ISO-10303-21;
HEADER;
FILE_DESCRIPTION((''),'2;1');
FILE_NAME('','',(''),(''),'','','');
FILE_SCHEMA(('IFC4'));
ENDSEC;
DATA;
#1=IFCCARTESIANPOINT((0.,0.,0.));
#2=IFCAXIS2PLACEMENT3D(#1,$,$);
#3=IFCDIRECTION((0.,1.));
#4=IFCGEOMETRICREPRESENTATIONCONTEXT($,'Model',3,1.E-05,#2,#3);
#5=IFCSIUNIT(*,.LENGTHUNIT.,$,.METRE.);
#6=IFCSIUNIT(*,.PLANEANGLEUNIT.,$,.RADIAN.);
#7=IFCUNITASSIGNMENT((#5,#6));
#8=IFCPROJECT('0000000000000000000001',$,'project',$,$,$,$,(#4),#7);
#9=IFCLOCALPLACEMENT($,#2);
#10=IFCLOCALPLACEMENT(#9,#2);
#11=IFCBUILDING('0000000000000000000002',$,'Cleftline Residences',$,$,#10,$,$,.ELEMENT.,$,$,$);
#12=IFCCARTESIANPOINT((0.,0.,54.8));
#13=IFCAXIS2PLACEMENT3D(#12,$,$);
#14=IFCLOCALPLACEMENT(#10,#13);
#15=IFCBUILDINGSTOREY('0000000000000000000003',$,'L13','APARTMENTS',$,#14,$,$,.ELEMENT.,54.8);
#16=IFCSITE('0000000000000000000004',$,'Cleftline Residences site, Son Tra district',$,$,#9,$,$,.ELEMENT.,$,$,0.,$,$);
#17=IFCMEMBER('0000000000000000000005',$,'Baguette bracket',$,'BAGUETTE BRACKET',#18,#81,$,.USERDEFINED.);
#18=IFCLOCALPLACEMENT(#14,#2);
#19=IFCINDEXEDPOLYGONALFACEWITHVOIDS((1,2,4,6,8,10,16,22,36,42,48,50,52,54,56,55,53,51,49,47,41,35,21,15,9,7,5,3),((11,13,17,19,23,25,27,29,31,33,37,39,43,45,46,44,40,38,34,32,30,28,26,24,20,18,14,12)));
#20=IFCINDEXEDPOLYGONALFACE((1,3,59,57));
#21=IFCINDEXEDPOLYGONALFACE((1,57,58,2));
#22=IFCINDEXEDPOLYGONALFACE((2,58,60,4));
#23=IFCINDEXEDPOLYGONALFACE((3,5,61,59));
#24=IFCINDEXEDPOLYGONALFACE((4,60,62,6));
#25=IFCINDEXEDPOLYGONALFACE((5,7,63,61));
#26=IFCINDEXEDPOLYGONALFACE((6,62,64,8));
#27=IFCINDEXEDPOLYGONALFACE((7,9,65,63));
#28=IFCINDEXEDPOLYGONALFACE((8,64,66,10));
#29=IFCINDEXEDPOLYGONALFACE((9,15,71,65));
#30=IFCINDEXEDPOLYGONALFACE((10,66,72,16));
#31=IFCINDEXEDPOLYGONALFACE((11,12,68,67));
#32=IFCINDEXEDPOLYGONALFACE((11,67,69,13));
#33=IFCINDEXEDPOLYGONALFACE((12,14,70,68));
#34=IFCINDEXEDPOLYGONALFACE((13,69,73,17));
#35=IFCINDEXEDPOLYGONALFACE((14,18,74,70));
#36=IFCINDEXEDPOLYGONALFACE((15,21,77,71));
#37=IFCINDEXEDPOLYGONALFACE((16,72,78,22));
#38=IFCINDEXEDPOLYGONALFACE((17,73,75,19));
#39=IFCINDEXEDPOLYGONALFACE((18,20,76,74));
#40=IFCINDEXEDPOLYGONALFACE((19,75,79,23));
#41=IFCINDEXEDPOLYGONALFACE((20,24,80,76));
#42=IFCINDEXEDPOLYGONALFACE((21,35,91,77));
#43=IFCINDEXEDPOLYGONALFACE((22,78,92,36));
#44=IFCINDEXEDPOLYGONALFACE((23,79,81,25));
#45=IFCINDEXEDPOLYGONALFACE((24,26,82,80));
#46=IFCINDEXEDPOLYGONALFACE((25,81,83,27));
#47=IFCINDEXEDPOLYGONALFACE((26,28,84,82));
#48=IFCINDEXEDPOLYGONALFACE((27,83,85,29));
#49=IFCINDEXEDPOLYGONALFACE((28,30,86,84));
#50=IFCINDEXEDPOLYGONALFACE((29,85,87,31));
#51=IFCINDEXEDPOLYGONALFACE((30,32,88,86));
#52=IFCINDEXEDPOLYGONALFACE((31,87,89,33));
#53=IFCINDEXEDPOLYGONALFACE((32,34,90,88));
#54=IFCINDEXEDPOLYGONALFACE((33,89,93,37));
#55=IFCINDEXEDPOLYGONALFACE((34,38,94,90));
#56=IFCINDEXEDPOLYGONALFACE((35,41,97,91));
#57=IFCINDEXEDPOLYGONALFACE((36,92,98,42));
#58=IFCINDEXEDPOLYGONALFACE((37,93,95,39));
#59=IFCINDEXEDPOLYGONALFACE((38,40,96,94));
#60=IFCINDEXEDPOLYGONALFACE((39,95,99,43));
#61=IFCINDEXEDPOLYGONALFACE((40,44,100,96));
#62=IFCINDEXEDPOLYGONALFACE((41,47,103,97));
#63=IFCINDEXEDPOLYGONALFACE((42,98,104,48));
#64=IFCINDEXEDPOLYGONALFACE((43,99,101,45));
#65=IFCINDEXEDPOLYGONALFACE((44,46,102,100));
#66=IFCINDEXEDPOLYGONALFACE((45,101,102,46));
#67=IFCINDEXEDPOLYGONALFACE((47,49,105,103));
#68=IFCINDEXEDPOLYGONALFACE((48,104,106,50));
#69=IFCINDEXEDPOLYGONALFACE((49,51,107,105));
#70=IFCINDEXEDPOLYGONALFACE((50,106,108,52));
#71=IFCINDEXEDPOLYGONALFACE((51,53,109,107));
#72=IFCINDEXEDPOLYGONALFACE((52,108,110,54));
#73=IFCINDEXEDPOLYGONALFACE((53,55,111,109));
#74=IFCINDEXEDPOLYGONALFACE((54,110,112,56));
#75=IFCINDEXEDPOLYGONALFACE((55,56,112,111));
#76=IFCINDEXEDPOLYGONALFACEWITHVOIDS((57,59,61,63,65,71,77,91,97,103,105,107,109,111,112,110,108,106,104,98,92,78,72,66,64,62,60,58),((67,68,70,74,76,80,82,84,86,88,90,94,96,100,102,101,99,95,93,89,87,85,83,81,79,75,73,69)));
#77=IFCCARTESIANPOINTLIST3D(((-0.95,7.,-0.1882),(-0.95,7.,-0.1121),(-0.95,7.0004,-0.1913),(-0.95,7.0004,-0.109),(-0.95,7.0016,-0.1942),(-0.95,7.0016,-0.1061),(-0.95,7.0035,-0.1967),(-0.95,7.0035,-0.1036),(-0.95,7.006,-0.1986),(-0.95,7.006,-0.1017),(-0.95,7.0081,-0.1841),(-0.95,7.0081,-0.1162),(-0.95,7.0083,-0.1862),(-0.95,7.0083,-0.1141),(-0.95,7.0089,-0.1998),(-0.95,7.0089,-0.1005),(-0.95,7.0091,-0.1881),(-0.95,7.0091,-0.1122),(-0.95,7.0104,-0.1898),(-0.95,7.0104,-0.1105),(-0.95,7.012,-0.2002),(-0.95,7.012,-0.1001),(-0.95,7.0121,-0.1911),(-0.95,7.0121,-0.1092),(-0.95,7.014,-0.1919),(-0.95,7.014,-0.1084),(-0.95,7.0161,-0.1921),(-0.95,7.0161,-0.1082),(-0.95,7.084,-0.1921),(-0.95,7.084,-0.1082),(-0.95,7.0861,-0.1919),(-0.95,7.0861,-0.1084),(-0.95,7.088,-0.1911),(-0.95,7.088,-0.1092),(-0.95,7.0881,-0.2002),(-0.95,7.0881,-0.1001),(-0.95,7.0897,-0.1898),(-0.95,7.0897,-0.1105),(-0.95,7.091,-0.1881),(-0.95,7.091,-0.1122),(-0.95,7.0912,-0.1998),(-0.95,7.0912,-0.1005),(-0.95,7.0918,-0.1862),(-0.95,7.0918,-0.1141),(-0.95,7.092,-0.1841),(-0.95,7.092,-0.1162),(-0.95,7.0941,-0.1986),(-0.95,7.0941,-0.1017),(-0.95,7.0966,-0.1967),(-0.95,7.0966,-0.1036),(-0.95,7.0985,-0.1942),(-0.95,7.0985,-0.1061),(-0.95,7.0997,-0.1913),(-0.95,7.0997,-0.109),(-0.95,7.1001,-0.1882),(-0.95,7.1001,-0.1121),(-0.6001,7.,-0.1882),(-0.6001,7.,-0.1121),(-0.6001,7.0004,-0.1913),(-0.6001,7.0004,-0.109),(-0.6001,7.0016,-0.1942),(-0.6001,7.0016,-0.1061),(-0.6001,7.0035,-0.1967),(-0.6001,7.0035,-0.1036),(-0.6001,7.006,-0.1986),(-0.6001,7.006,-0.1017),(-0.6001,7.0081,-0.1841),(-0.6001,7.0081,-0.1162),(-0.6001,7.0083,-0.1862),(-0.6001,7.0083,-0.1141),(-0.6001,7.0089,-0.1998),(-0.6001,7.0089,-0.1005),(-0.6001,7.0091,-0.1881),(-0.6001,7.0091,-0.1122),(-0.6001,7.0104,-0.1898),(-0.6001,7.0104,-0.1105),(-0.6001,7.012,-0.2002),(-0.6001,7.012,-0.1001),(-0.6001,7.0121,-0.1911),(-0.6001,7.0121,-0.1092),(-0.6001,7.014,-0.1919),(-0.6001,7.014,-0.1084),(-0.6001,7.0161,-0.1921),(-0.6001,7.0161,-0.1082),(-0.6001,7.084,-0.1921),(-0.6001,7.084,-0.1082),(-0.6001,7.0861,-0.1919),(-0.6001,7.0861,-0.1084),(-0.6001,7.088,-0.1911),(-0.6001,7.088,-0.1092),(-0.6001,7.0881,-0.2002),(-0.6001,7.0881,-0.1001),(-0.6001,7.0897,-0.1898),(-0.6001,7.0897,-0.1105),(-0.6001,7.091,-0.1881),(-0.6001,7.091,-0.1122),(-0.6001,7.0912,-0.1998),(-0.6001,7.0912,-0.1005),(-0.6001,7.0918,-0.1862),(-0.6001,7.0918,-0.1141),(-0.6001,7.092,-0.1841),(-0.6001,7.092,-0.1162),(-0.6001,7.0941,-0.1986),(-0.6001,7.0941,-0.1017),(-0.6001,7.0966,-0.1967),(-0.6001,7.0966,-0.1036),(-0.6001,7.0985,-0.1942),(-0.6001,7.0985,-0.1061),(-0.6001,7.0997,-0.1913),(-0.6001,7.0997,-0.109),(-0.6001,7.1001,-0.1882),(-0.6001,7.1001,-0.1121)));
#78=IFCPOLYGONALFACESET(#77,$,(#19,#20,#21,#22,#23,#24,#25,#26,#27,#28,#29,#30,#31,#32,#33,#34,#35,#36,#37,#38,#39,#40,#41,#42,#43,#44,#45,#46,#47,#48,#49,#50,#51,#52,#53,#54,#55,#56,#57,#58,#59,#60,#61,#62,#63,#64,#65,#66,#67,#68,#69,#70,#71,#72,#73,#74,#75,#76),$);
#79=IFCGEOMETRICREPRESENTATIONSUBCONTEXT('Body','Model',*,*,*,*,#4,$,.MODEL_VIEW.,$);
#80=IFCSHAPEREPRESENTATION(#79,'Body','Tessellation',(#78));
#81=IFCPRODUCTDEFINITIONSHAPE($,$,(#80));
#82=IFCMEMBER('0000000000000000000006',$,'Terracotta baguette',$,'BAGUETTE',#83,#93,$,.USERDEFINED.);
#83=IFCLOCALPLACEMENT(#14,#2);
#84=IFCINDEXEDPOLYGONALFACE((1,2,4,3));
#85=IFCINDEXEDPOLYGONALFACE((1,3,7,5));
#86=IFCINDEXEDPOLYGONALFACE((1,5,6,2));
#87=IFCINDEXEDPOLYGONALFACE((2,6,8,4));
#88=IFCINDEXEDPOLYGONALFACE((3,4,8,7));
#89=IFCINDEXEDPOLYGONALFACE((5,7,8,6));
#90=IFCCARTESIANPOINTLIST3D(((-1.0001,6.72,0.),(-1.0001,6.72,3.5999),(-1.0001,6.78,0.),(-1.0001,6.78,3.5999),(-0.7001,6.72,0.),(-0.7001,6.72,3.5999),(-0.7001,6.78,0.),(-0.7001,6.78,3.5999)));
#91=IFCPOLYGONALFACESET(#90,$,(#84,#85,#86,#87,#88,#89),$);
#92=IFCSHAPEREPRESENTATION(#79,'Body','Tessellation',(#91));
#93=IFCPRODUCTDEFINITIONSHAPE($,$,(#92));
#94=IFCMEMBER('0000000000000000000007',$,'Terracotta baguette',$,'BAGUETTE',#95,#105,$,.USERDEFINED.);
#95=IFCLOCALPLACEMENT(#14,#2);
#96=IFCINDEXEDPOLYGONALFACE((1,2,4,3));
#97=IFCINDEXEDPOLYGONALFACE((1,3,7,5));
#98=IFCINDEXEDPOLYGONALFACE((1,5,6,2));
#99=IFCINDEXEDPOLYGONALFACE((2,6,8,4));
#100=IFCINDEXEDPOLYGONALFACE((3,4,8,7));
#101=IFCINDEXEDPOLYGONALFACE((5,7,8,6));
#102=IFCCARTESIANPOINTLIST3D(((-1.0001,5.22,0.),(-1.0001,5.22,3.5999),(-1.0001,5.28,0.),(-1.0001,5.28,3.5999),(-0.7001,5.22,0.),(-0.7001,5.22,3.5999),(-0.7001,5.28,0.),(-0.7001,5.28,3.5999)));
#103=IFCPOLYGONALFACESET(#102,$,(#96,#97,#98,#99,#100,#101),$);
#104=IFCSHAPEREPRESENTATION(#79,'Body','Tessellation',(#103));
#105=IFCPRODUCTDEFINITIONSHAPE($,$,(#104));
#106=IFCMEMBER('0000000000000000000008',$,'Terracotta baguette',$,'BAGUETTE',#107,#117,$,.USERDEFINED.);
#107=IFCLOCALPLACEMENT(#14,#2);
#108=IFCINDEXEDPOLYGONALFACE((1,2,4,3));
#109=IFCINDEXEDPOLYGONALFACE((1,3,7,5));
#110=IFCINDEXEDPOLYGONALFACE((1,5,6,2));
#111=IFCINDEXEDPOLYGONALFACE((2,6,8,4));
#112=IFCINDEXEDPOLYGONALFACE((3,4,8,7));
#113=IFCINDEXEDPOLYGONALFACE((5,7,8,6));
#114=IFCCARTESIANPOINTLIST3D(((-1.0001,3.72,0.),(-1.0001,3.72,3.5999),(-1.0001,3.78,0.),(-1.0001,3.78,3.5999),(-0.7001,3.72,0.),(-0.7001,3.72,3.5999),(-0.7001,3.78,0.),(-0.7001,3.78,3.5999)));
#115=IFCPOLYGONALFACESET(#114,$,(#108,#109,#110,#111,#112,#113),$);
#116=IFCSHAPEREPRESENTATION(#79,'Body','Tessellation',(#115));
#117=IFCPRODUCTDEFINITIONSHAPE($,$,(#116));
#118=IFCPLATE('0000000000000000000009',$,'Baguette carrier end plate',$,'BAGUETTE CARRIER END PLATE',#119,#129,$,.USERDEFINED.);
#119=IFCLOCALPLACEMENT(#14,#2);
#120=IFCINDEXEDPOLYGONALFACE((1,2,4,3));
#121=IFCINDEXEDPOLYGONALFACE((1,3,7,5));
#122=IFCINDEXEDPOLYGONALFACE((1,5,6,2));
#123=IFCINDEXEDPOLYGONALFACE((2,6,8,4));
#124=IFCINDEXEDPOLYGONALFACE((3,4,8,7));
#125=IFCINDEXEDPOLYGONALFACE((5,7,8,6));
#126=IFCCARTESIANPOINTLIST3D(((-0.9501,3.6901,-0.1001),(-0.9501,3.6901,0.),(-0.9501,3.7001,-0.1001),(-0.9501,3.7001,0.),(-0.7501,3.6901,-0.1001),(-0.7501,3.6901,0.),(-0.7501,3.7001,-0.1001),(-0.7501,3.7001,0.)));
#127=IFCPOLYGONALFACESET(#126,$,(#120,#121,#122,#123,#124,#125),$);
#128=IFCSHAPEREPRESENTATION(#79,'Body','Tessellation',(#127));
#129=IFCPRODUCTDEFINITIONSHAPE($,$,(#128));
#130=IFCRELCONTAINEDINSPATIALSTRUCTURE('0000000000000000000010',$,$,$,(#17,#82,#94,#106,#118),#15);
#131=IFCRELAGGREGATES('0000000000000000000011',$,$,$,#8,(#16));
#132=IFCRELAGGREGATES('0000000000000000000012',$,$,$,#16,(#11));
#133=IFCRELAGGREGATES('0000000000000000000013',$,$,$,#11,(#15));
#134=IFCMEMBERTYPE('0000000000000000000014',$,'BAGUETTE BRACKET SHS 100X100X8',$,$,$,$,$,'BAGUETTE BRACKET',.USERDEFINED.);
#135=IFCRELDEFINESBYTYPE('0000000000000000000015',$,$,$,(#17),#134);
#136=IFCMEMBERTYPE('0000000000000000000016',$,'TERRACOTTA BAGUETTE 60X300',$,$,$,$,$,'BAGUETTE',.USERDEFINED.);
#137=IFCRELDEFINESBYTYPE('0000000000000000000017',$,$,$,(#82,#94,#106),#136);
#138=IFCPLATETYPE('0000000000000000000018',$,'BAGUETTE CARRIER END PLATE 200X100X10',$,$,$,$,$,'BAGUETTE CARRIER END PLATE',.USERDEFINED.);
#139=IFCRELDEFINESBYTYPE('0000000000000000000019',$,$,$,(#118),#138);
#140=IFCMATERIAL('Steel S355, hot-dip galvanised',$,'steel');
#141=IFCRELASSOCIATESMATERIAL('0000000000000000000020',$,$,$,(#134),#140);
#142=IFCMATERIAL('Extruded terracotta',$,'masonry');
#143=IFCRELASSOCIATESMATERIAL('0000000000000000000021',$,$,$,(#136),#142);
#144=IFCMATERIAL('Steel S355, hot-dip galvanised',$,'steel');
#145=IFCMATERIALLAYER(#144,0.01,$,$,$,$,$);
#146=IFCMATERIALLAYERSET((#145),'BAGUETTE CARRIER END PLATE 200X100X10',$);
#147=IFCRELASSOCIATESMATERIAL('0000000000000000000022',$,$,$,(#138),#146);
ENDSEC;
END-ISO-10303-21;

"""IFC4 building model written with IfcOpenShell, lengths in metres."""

from ifc_helpers import new_model, si_unit, direction, frame, origin, origin_2d, place, context, subcontext, project, spatial, rectangle, hollow_rectangle, extrude, material, layer, layer_set, material_profile, profile_set, type_object, element, save


model = new_model("IFC4")

# Units and contexts
model_context = context("Model", 3, precision=1e-05, world=origin(), true_north=direction((0.0, 1.0)))
body_context = subcontext(model_context, "Body", "Model", "MODEL_VIEW")
ifc_project = project(units=[si_unit("LENGTHUNIT", "METRE"), si_unit("PLANEANGLEUNIT", "RADIAN")], contexts=[model_context])

# Site, building, storey
site_placement = place(None, origin())
site = spatial("IfcSite", under=ifc_project, at=site_placement, Name="Cleftline Residences site, Son Tra district", CompositionType="ELEMENT", RefElevation=0.0)
building_placement = place(site_placement, origin())
building = spatial("IfcBuilding", under=site, at=building_placement, Name="Cleftline Residences", CompositionType="ELEMENT")
storey_placement = place(building_placement, frame((0.0, 0.0, 54.8)))
storey = spatial("IfcBuildingStorey", under=building, at=storey_placement, Name="L13", Description="APARTMENTS", CompositionType="ELEMENT", Elevation=54.8)

# Members
ifc_material_1 = material(Name="Steel S355, hot-dip galvanised", Category="steel")
ifc_material_profile_1 = material_profile(ifc_material_1, hollow_rectangle(XDim=0.1001, YDim=0.1001, WallThickness=0.0081, InnerFilletRadius=0.0081, OuterFilletRadius=0.012, at=origin_2d()))
ifc_profile_set_1 = profile_set([ifc_material_profile_1], Name="Steel S355, hot-dip galvanised")
member_type_1 = type_object("IfcMemberType", Name="BAGUETTE BRACKET SHS 100X100X8", ElementType="BAGUETTE BRACKET", PredefinedType="USERDEFINED", material=ifc_profile_set_1)
member_placement = place(storey_placement, frame((-0.6001, 7.05, -0.1501), z_axis=(-1.0, 0.0, 0.0), x_axis=(0.0, -1.0, 0.0)))
element("IfcMember", 1, at=member_placement, inside=storey, type_object=member_type_1, Name="Baguette bracket", ObjectType="BAGUETTE BRACKET", PredefinedType="USERDEFINED", context=body_context, shape_type="SweptSolid", body=[
    extrude(hollow_rectangle(XDim=0.1001, YDim=0.1001, WallThickness=0.0081, InnerFilletRadius=0.0081, OuterFilletRadius=0.012, at=origin_2d()), origin(), (0.0, 0.0, 1.0), 0.3499),
])
ifc_material_2 = material(Name="Extruded terracotta", Category="masonry")
ifc_material_profile_2 = material_profile(ifc_material_2, rectangle(XDim=0.0601, YDim=0.3, at=origin_2d()))
ifc_profile_set_2 = profile_set([ifc_material_profile_2], Name="Extruded terracotta")
member_type_2 = type_object("IfcMemberType", Name="TERRACOTTA BAGUETTE 60X300", ElementType="BAGUETTE", PredefinedType="USERDEFINED", material=ifc_profile_set_2)
for number, where, z_axis, x_axis, name in (
    (2, (-0.8501, 6.75, 0.0), (0.0, 0.0, 1.0), (0.0, 1.0, 0.0), "Terracotta baguette"),
    (3, (-0.8501, 5.25, 0.0), (0.0, 0.0, 1.0), (0.0, 1.0, 0.0), "Terracotta baguette"),
    (4, (-0.8501, 3.75, 0.0), (0.0, 0.0, 1.0), (0.0, 1.0, 0.0), "Terracotta baguette"),
):
    element("IfcMember", number, at=place(storey_placement, frame(where, z_axis=z_axis, x_axis=x_axis)), inside=storey, type_object=member_type_2, Name=name, ObjectType="BAGUETTE", PredefinedType="USERDEFINED", context=body_context, shape_type="SweptSolid", body=[
        extrude(rectangle(XDim=0.0601, YDim=0.3, at=origin_2d()), origin(), (0.0, 0.0, 1.0), 3.5999),
    ])

# Plate
ifc_material_3 = material(Name="Steel S355, hot-dip galvanised", Category="steel")
ifc_layer_1 = layer(ifc_material_3, 0.01)
ifc_layer_set_1 = layer_set([ifc_layer_1], Name="BAGUETTE CARRIER END PLATE 200X100X10")
plate_type = type_object("IfcPlateType", Name="BAGUETTE CARRIER END PLATE 200X100X10", ElementType="BAGUETTE CARRIER END PLATE", PredefinedType="USERDEFINED", material=ifc_layer_set_1)
plate_placement = place(storey_placement, frame((-0.8501, 3.6951, -0.1001), z_axis=(0.0, 0.0, 1.0), x_axis=(-1.0, 0.0, 0.0)))
element("IfcPlate", 5, at=plate_placement, inside=storey, type_object=plate_type, Name="Baguette carrier end plate", ObjectType="BAGUETTE CARRIER END PLATE", PredefinedType="USERDEFINED", context=body_context, shape_type="SweptSolid", body=[
    extrude(rectangle(XDim=0.2, YDim=0.01, at=origin_2d()), origin(), (0.0, 0.0, 1.0), 0.1001),
])

save(model, "model.ifc")
